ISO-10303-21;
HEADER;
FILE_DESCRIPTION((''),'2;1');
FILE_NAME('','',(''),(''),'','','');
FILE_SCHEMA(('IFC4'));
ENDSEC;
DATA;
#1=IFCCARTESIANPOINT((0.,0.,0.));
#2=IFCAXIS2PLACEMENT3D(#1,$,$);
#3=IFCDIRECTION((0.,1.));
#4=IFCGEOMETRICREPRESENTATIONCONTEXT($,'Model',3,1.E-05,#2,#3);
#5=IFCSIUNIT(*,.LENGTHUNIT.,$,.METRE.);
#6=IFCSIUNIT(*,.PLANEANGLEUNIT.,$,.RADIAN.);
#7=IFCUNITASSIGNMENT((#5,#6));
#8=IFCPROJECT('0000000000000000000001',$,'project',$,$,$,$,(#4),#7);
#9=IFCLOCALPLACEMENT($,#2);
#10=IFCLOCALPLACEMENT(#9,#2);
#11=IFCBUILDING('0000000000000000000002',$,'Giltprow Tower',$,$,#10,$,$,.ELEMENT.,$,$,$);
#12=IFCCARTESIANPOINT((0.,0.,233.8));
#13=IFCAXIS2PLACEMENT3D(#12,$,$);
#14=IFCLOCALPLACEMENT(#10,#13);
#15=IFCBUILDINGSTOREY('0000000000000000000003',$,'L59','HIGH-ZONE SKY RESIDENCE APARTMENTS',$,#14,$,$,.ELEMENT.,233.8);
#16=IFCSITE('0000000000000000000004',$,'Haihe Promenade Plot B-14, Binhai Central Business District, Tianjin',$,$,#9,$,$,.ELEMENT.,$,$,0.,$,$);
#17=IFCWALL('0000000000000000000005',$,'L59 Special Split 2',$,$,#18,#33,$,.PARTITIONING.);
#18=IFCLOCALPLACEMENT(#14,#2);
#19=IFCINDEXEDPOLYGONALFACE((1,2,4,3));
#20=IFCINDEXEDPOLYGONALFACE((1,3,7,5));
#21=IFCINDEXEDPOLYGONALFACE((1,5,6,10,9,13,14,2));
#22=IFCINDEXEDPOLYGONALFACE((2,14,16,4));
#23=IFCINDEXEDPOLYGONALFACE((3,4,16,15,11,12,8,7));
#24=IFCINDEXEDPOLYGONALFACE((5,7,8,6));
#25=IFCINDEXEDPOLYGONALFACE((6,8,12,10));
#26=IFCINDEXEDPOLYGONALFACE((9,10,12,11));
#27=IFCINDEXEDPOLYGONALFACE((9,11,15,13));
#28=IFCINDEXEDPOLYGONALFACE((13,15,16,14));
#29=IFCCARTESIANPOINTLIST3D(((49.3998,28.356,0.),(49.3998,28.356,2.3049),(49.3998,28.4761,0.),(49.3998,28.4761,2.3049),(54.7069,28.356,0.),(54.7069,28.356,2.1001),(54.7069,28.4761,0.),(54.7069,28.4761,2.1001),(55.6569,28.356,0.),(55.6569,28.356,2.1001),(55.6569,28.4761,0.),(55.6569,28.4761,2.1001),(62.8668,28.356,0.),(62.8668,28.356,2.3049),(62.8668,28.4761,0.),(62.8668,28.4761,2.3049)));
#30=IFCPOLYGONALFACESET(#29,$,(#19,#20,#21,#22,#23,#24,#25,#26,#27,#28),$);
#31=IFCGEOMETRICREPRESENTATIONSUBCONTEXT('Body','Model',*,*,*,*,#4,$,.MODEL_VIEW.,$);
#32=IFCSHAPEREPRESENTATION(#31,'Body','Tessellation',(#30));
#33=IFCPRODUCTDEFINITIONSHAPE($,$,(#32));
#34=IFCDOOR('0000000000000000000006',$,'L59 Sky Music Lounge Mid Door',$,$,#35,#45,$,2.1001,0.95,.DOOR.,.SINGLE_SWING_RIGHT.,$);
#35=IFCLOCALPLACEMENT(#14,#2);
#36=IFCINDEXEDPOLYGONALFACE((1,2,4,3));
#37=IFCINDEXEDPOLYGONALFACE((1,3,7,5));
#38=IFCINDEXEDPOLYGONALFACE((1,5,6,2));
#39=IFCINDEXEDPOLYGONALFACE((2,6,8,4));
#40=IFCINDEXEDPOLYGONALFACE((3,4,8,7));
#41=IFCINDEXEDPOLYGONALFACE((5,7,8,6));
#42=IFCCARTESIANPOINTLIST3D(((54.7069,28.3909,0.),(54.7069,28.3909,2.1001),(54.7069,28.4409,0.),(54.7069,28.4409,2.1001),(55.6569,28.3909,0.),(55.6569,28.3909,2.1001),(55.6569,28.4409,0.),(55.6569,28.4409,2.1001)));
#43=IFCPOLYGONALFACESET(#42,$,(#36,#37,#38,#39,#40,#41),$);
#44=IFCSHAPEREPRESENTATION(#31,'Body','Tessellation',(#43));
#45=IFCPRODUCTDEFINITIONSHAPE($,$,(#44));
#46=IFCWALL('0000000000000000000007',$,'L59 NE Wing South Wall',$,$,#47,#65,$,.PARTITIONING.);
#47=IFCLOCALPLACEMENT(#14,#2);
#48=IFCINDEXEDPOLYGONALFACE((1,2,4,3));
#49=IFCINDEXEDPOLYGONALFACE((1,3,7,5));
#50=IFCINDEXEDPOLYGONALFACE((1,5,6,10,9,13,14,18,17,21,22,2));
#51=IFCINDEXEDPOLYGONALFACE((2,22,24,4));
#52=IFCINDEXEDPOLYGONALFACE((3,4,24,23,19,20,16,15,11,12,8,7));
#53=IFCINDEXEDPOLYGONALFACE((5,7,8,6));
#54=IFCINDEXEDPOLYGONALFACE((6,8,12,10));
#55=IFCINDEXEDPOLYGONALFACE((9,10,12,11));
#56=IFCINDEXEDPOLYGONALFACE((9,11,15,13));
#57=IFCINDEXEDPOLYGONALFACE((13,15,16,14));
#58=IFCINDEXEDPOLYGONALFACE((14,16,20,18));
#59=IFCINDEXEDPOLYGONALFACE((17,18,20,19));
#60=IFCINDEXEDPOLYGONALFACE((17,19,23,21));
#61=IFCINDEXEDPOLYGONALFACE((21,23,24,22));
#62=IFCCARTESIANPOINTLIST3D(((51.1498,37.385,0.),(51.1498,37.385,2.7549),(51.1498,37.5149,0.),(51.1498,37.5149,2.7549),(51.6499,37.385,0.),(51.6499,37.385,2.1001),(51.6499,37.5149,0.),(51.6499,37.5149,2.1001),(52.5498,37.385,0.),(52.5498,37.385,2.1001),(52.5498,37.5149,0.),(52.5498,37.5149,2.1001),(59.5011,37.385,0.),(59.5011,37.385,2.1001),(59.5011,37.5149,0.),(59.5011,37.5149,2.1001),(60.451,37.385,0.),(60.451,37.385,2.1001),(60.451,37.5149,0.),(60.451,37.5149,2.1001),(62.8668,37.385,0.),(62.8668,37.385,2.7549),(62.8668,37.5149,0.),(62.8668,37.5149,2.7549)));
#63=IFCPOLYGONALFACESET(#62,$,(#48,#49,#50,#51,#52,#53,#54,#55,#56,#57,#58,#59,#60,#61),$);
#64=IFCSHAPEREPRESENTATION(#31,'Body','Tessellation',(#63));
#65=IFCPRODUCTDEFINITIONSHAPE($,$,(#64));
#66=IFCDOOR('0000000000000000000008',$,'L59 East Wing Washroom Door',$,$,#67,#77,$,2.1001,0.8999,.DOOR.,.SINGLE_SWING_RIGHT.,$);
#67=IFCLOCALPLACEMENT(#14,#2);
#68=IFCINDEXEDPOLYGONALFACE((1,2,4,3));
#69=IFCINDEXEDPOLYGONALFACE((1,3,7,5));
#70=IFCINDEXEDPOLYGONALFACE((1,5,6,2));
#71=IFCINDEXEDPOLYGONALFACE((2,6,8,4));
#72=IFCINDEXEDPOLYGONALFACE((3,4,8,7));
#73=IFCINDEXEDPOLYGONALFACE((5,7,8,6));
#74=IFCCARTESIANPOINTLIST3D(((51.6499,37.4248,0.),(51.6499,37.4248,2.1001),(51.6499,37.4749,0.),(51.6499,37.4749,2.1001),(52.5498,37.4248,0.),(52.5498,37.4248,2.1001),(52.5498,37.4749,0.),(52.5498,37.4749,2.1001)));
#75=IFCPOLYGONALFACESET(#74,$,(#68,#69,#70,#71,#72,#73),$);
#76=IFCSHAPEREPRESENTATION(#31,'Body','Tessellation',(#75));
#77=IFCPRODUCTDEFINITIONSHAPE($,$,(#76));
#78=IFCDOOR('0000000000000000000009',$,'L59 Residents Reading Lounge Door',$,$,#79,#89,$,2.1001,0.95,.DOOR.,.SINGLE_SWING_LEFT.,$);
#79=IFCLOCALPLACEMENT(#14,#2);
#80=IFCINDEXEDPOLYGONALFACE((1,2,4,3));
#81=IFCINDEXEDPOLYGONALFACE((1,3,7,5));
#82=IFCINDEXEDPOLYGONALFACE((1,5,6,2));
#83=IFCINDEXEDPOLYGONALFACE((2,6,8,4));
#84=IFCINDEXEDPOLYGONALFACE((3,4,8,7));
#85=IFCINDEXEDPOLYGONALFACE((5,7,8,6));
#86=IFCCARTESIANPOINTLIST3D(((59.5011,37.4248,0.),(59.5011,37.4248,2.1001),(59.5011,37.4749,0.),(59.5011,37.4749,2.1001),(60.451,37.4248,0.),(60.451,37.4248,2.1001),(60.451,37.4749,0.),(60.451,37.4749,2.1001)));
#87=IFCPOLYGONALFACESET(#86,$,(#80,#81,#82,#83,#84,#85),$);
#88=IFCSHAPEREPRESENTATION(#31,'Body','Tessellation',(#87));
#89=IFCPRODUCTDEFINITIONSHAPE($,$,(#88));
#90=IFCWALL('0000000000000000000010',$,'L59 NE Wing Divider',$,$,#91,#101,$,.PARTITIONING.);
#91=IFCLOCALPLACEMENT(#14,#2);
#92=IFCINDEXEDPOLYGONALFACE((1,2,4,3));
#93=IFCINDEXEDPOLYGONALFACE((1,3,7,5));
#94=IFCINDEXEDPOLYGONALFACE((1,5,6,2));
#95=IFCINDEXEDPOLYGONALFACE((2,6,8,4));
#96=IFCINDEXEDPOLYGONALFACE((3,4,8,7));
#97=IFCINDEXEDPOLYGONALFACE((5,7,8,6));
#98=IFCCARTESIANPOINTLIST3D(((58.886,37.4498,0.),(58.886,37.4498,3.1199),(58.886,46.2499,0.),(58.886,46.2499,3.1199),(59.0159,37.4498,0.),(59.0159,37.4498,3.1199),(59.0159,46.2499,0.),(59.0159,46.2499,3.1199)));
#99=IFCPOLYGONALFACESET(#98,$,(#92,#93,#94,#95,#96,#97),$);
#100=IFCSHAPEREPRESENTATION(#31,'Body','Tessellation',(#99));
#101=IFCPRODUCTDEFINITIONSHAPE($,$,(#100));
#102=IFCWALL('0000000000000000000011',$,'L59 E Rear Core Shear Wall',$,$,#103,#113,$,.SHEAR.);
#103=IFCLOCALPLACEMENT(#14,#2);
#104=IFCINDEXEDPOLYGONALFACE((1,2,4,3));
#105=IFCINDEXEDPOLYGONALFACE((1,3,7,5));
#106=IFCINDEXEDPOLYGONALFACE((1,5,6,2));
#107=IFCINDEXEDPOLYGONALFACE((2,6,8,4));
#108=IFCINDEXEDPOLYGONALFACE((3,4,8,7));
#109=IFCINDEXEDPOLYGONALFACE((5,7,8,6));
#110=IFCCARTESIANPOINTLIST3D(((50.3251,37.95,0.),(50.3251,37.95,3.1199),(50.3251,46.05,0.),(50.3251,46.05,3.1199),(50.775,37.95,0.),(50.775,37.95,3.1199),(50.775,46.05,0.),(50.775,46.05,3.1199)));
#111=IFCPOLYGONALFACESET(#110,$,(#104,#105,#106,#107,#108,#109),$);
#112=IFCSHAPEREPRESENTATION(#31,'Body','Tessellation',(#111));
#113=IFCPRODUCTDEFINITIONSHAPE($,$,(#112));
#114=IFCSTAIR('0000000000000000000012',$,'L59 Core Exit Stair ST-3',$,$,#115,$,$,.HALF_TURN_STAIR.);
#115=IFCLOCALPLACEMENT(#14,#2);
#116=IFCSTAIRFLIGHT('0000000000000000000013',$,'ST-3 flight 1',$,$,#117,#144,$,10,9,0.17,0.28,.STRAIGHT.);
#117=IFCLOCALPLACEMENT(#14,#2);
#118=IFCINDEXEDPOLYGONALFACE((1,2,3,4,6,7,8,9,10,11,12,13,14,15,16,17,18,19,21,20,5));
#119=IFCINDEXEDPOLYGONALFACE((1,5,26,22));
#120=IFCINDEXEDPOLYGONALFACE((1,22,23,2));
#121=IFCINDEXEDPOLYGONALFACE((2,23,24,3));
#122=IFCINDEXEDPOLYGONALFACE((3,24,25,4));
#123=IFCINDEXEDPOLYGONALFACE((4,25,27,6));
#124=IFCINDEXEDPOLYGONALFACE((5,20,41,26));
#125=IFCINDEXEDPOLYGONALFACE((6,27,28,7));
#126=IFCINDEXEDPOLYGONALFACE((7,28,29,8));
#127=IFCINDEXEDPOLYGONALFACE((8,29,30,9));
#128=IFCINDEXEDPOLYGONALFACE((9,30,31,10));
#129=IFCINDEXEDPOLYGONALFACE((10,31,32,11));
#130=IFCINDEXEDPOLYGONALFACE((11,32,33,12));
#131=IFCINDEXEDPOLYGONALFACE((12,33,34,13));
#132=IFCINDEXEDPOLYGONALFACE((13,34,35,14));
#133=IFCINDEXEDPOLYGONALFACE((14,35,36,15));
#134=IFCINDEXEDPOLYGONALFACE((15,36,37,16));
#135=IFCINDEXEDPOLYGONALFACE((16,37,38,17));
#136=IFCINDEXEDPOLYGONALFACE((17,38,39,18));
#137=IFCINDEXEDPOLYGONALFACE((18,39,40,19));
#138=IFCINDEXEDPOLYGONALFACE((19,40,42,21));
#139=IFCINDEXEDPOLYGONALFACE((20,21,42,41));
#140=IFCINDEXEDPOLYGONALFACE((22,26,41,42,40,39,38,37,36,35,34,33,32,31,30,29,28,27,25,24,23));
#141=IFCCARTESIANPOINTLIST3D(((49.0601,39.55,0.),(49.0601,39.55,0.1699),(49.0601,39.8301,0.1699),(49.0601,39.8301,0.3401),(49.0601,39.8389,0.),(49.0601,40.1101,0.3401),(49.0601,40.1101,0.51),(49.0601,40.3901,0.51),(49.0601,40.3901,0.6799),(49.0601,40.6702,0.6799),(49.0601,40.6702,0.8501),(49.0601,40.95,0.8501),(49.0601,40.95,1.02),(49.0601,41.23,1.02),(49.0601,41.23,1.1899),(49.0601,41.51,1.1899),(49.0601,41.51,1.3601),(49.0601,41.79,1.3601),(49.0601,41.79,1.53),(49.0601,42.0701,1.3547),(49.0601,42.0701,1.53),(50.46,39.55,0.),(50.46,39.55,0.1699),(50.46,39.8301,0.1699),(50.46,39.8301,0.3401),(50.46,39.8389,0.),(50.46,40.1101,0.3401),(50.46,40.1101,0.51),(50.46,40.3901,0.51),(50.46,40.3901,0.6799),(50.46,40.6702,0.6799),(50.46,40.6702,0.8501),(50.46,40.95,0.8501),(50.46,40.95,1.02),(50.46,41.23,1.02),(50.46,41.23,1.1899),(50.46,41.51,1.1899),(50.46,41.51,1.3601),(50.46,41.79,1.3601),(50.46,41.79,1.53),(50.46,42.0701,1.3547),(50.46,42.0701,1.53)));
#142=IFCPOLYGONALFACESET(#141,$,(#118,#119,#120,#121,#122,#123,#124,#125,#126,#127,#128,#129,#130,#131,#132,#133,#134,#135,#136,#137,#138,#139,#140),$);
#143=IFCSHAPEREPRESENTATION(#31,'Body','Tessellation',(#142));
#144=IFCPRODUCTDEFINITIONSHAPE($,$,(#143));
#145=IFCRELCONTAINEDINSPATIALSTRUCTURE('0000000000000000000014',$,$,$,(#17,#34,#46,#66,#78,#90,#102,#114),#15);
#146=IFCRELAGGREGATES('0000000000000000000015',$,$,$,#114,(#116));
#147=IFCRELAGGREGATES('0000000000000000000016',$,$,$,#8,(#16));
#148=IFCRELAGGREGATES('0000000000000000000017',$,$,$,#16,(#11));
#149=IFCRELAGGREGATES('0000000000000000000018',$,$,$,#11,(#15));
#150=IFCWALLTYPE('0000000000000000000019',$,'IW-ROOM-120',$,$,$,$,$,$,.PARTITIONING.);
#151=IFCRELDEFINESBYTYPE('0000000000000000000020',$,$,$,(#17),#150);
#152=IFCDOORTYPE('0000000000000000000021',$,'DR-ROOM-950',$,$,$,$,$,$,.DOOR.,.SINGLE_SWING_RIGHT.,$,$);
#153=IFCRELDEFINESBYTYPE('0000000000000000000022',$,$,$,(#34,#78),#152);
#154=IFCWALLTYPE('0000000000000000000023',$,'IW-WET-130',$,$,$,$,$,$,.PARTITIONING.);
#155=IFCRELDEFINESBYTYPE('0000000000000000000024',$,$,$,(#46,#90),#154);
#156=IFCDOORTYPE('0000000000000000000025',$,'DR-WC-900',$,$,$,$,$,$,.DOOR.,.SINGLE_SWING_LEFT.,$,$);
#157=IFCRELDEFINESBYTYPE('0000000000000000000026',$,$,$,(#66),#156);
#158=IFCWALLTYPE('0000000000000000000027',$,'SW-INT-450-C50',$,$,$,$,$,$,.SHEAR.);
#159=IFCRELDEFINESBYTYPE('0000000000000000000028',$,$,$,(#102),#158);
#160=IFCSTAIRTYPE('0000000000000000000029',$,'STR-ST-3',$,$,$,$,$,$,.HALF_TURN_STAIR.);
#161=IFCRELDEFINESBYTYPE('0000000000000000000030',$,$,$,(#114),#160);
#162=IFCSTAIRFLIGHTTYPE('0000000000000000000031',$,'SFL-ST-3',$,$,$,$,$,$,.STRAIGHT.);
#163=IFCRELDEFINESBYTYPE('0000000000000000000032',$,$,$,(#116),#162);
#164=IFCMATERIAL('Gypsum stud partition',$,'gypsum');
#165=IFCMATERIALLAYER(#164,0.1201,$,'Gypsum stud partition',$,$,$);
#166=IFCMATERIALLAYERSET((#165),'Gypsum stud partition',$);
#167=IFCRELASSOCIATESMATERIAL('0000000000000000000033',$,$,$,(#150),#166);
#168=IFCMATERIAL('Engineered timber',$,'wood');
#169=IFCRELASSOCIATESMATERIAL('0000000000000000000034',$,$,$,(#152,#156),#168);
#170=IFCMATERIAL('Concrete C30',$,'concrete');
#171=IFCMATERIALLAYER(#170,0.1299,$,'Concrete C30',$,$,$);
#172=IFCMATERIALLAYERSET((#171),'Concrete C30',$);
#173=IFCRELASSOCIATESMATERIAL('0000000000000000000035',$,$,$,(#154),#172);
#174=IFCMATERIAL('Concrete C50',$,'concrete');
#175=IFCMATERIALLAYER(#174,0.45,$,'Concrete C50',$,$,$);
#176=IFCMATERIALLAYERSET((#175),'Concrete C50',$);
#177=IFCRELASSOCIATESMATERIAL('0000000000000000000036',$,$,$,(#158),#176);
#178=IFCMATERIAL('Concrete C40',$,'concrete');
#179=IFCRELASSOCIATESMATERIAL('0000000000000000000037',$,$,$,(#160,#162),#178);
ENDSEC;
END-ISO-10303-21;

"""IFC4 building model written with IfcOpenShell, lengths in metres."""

from ifc_helpers import new_model, si_unit, direction, frame, frame_2d, origin, place, context, subcontext, project, spatial, polyline, rectangle, outline, extrude, source, transform, mapped, material, layer, layer_set, type_object, element, fill, aggregate, save


model = new_model("IFC4")

# Units and contexts
model_context = context("Model", 3, precision=1e-05, world=origin(), true_north=direction((0.0, 1.0)))
body_context = subcontext(model_context, "Body", "Model", "MODEL_VIEW")
ifc_project = project(units=[si_unit("LENGTHUNIT", "METRE"), si_unit("PLANEANGLEUNIT", "RADIAN")], contexts=[model_context])

# Site, building, storey
site_placement = place(None, origin())
site = spatial("IfcSite", under=ifc_project, at=site_placement, Name="Haihe Promenade Plot B-14, Binhai Central Business District, Tianjin", CompositionType="ELEMENT", RefElevation=0.0)
building_placement = place(site_placement, origin())
building = spatial("IfcBuilding", under=site, at=building_placement, Name="Giltprow Tower", CompositionType="ELEMENT")
storey_placement = place(building_placement, frame((0.0, 0.0, 233.8)))
storey = spatial("IfcBuildingStorey", under=building, at=storey_placement, Name="L59", Description="HIGH-ZONE SKY RESIDENCE APARTMENTS", CompositionType="ELEMENT", Elevation=233.8)

# Shared definitions
ifc_material_1 = material(Name="Concrete C50", Category="concrete")

# Wall, opening, door
ifc_material_2 = material(Name="Gypsum stud partition", Category="gypsum")
ifc_layer_1 = layer(ifc_material_2, 0.1201, Name="Gypsum stud partition")
ifc_layer_set_1 = layer_set([ifc_layer_1], Name="Gypsum stud partition")
wall_type_1 = type_object("IfcWallType", Name="IW-ROOM-120", PredefinedType="PARTITIONING", material=ifc_layer_set_1)
wall_1_placement = place(storey_placement, frame((49.3999, 28.416, 0.0), z_axis=(0.0, 0.0, 1.0), x_axis=(1.0, 0.0, 0.0)))
wall_1 = element("IfcWall", 1, at=wall_1_placement, inside=storey, type_object=wall_type_1, Name="L59 Special Split 2", PredefinedType="PARTITIONING", context=body_context, shape_type="SweptSolid", body=[
    extrude(rectangle(XDim=13.467, YDim=0.1201, at=frame_2d((6.7334, 0.0))), origin(), (0.0, 0.0, 1.0), 2.3049),
])
opening_1_placement = place(wall_1_placement, frame((5.3069, 0.0, 0.0)))
opening_1 = element("IfcOpeningElement", 2, at=opening_1_placement, cuts=wall_1, PredefinedType="OPENING", context=body_context, shape_type="SweptSolid", body=[
    extrude(rectangle(XDim=0.95, YDim=2.1001, at=frame_2d((0.4751, 1.05))), frame((0.0, 0.0701, 0.0), z_axis=(0.0, -1.0, 0.0), x_axis=(1.0, 0.0, 0.0)), (0.0, 0.0, 1.0), 0.1401),
])
ifc_material_3 = material(Name="Engineered timber", Category="wood")
door_type_1 = type_object("IfcDoorType", Name="DR-ROOM-950", OperationType="SINGLE_SWING_RIGHT", PredefinedType="DOOR", material=ifc_material_3)
shared_shape_1 = source(origin(), body_context, "Body", "SweptSolid", [
    extrude(rectangle(XDim=0.95, YDim=2.1001, at=frame_2d((0.4751, 1.05))), frame((0.0, 0.0249, 0.0), z_axis=(0.0, -1.0, 0.0), x_axis=(1.0, 0.0, 0.0)), (0.0, 0.0, 1.0), 0.05),
])
door_1_placement = place(opening_1_placement, origin())
door_1 = element("IfcDoor", 3, at=door_1_placement, inside=storey, type_object=door_type_1, Name="L59 Sky Music Lounge Mid Door", OperationType="SINGLE_SWING_RIGHT", OverallHeight=2.1001, OverallWidth=0.95, PredefinedType="DOOR", context=body_context, shape_type="MappedRepresentation", body=[
    mapped(shared_shape_1, transform((0.0, 0.0, 0.0), x_axis=(1.0, 0.0, 0.0), y_axis=(0.0, 1.0, 0.0), z_axis=(0.0, 0.0, 1.0), scale=1.0)),
])
fill(opening_1, door_1)

# Wall, openings, doors
ifc_material_4 = material(Name="Concrete C30", Category="concrete")
ifc_layer_2 = layer(ifc_material_4, 0.1299, Name="Concrete C30")
ifc_layer_set_2 = layer_set([ifc_layer_2], Name="Concrete C30")
wall_type_2 = type_object("IfcWallType", Name="IW-WET-130", PredefinedType="PARTITIONING", material=ifc_layer_set_2)
wall_2_placement = place(storey_placement, frame((51.1499, 37.45, 0.0), z_axis=(0.0, 0.0, 1.0), x_axis=(1.0, 0.0, 0.0)))
wall_2 = element("IfcWall", 4, at=wall_2_placement, inside=storey, type_object=wall_type_2, Name="L59 NE Wing South Wall", PredefinedType="PARTITIONING", context=body_context, shape_type="SweptSolid", body=[
    extrude(rectangle(XDim=11.717, YDim=0.1299, at=frame_2d((5.8584, 0.0))), origin(), (0.0, 0.0, 1.0), 2.7549),
])
opening_2_placement = place(wall_2_placement, frame((0.5, 0.0, 0.0)))
opening_2 = element("IfcOpeningElement", 5, at=opening_2_placement, cuts=wall_2, PredefinedType="OPENING", context=body_context, shape_type="SweptSolid", body=[
    extrude(rectangle(XDim=0.8999, YDim=2.1001, at=frame_2d((0.45, 1.05))), frame((0.0, 0.075, 0.0), z_axis=(0.0, -1.0, 0.0), x_axis=(1.0, 0.0, 0.0)), (0.0, 0.0, 1.0), 0.1499),
])
opening_3_placement = place(wall_2_placement, frame((8.3511, 0.0, 0.0)))
opening_3 = element("IfcOpeningElement", 6, at=opening_3_placement, cuts=wall_2, PredefinedType="OPENING", context=body_context, shape_type="SweptSolid", body=[
    extrude(rectangle(XDim=0.95, YDim=2.1001, at=frame_2d((0.4751, 1.05))), frame((0.0, 0.075, 0.0), z_axis=(0.0, -1.0, 0.0), x_axis=(1.0, 0.0, 0.0)), (0.0, 0.0, 1.0), 0.1499),
])
door_type_2 = type_object("IfcDoorType", Name="DR-WC-900", OperationType="SINGLE_SWING_LEFT", PredefinedType="DOOR", material=ifc_material_3)
shared_shape_2 = source(origin(), body_context, "Body", "SweptSolid", [
    extrude(rectangle(XDim=0.8999, YDim=2.1001, at=frame_2d((0.45, 1.05))), frame((0.0, 0.0249, 0.0), z_axis=(0.0, -1.0, 0.0), x_axis=(1.0, 0.0, 0.0)), (0.0, 0.0, 1.0), 0.05),
])
door_2_placement = place(opening_2_placement, origin())
door_2 = element("IfcDoor", 7, at=door_2_placement, inside=storey, type_object=door_type_2, Name="L59 East Wing Washroom Door", OperationType="SINGLE_SWING_RIGHT", OverallHeight=2.1001, OverallWidth=0.8999, PredefinedType="DOOR", context=body_context, shape_type="MappedRepresentation", body=[
    mapped(shared_shape_2, transform((0.0, 0.0, 0.0), x_axis=(1.0, 0.0, 0.0), y_axis=(0.0, 1.0, 0.0), z_axis=(0.0, 0.0, 1.0), scale=1.0)),
])
fill(opening_2, door_2)
door_3_placement = place(opening_3_placement, origin())
door_3 = element("IfcDoor", 8, at=door_3_placement, inside=storey, type_object=door_type_1, Name="L59 Residents Reading Lounge Door", OperationType="SINGLE_SWING_LEFT", OverallHeight=2.1001, OverallWidth=0.95, PredefinedType="DOOR", context=body_context, shape_type="MappedRepresentation", body=[
    mapped(shared_shape_1, transform((0.0, 0.0, 0.0), x_axis=(1.0, 0.0, 0.0), y_axis=(0.0, 1.0, 0.0), z_axis=(0.0, 0.0, 1.0), scale=1.0)),
])
fill(opening_3, door_3)

# Walls
wall_3_placement = place(storey_placement, frame((58.9509, 37.45, 0.0), z_axis=(0.0, 0.0, 1.0), x_axis=(0.0, 1.0, 0.0)))
element("IfcWall", 9, at=wall_3_placement, inside=storey, type_object=wall_type_2, Name="L59 NE Wing Divider", PredefinedType="PARTITIONING", context=body_context, shape_type="SweptSolid", body=[
    extrude(rectangle(XDim=8.8, YDim=0.1299, at=frame_2d((4.3999, 0.0))), origin(), (0.0, 0.0, 1.0), 3.1199),
])
ifc_layer_3 = layer(ifc_material_1, 0.45, Name="Concrete C50")
ifc_layer_set_3 = layer_set([ifc_layer_3], Name="Concrete C50")
wall_type_3 = type_object("IfcWallType", Name="SW-INT-450-C50", PredefinedType="SHEAR", material=ifc_layer_set_3)
wall_4_placement = place(storey_placement, frame((50.55, 37.95, 0.0), z_axis=(0.0, 0.0, 1.0), x_axis=(0.0, 1.0, 0.0)))
element("IfcWall", 10, at=wall_4_placement, inside=storey, type_object=wall_type_3, Name="L59 E Rear Core Shear Wall", PredefinedType="SHEAR", context=body_context, shape_type="SweptSolid", body=[
    extrude(rectangle(XDim=8.1001, YDim=0.45, at=frame_2d((4.05, 0.0))), origin(), (0.0, 0.0, 1.0), 3.1199),
])

# Stair, stair flight
ifc_material_5 = material(Name="Concrete C40", Category="concrete")
stair_type = type_object("IfcStairType", Name="STR-ST-3", PredefinedType="HALF_TURN_STAIR", material=ifc_material_5)
stair_placement = place(storey_placement, origin())
stair = element("IfcStair", 11, at=stair_placement, inside=storey, type_object=stair_type, Name="L59 Core Exit Stair ST-3", PredefinedType="HALF_TURN_STAIR")
stair_flight_type = type_object("IfcStairFlightType", Name="SFL-ST-3", PredefinedType="STRAIGHT", material=ifc_material_5)
stair_flight_1_placement = place(storey_placement, frame((49.76, 39.55, 0.0), z_axis=(0.0, 0.0, 1.0), x_axis=(0.0, 1.0, 0.0)))
stair_flight_1 = element("IfcStairFlight", 12, at=stair_flight_1_placement, type_object=stair_flight_type, Name="ST-3 flight 1", NumberOfRisers=10, NumberOfTreads=9, PredefinedType="STRAIGHT", RiserHeight=0.17, TreadLength=0.28, context=body_context, shape_type="SweptSolid", body=[
    extrude(outline(polyline([(0.0, 0.0), (0.0, 0.1699), (0.28, 0.1699), (0.28, 0.3401), (0.5601, 0.3401), (0.5601, 0.51), (0.8401, 0.51), (0.8401, 0.6799), (1.1201, 0.6799), (1.1201, 0.8501), (1.3999, 0.8501), (1.3999, 1.02), (1.6799, 1.02), (1.6799, 1.1899), (1.96, 1.1899), (1.96, 1.3601), (2.24, 1.3601), (2.24, 1.53), (2.52, 1.53), (2.52, 1.7), (2.52, 1.3547), (0.2888, 0.0), (0.0, 0.0)])), frame((0.0, 0.7, 0.0), z_axis=(0.0, -1.0, 0.0), x_axis=(1.0, 0.0, 0.0)), (0.0, 0.0, 1.0), 1.3999),
])
aggregate(stair, [stair_flight_1])

save(model, "model.ifc")
